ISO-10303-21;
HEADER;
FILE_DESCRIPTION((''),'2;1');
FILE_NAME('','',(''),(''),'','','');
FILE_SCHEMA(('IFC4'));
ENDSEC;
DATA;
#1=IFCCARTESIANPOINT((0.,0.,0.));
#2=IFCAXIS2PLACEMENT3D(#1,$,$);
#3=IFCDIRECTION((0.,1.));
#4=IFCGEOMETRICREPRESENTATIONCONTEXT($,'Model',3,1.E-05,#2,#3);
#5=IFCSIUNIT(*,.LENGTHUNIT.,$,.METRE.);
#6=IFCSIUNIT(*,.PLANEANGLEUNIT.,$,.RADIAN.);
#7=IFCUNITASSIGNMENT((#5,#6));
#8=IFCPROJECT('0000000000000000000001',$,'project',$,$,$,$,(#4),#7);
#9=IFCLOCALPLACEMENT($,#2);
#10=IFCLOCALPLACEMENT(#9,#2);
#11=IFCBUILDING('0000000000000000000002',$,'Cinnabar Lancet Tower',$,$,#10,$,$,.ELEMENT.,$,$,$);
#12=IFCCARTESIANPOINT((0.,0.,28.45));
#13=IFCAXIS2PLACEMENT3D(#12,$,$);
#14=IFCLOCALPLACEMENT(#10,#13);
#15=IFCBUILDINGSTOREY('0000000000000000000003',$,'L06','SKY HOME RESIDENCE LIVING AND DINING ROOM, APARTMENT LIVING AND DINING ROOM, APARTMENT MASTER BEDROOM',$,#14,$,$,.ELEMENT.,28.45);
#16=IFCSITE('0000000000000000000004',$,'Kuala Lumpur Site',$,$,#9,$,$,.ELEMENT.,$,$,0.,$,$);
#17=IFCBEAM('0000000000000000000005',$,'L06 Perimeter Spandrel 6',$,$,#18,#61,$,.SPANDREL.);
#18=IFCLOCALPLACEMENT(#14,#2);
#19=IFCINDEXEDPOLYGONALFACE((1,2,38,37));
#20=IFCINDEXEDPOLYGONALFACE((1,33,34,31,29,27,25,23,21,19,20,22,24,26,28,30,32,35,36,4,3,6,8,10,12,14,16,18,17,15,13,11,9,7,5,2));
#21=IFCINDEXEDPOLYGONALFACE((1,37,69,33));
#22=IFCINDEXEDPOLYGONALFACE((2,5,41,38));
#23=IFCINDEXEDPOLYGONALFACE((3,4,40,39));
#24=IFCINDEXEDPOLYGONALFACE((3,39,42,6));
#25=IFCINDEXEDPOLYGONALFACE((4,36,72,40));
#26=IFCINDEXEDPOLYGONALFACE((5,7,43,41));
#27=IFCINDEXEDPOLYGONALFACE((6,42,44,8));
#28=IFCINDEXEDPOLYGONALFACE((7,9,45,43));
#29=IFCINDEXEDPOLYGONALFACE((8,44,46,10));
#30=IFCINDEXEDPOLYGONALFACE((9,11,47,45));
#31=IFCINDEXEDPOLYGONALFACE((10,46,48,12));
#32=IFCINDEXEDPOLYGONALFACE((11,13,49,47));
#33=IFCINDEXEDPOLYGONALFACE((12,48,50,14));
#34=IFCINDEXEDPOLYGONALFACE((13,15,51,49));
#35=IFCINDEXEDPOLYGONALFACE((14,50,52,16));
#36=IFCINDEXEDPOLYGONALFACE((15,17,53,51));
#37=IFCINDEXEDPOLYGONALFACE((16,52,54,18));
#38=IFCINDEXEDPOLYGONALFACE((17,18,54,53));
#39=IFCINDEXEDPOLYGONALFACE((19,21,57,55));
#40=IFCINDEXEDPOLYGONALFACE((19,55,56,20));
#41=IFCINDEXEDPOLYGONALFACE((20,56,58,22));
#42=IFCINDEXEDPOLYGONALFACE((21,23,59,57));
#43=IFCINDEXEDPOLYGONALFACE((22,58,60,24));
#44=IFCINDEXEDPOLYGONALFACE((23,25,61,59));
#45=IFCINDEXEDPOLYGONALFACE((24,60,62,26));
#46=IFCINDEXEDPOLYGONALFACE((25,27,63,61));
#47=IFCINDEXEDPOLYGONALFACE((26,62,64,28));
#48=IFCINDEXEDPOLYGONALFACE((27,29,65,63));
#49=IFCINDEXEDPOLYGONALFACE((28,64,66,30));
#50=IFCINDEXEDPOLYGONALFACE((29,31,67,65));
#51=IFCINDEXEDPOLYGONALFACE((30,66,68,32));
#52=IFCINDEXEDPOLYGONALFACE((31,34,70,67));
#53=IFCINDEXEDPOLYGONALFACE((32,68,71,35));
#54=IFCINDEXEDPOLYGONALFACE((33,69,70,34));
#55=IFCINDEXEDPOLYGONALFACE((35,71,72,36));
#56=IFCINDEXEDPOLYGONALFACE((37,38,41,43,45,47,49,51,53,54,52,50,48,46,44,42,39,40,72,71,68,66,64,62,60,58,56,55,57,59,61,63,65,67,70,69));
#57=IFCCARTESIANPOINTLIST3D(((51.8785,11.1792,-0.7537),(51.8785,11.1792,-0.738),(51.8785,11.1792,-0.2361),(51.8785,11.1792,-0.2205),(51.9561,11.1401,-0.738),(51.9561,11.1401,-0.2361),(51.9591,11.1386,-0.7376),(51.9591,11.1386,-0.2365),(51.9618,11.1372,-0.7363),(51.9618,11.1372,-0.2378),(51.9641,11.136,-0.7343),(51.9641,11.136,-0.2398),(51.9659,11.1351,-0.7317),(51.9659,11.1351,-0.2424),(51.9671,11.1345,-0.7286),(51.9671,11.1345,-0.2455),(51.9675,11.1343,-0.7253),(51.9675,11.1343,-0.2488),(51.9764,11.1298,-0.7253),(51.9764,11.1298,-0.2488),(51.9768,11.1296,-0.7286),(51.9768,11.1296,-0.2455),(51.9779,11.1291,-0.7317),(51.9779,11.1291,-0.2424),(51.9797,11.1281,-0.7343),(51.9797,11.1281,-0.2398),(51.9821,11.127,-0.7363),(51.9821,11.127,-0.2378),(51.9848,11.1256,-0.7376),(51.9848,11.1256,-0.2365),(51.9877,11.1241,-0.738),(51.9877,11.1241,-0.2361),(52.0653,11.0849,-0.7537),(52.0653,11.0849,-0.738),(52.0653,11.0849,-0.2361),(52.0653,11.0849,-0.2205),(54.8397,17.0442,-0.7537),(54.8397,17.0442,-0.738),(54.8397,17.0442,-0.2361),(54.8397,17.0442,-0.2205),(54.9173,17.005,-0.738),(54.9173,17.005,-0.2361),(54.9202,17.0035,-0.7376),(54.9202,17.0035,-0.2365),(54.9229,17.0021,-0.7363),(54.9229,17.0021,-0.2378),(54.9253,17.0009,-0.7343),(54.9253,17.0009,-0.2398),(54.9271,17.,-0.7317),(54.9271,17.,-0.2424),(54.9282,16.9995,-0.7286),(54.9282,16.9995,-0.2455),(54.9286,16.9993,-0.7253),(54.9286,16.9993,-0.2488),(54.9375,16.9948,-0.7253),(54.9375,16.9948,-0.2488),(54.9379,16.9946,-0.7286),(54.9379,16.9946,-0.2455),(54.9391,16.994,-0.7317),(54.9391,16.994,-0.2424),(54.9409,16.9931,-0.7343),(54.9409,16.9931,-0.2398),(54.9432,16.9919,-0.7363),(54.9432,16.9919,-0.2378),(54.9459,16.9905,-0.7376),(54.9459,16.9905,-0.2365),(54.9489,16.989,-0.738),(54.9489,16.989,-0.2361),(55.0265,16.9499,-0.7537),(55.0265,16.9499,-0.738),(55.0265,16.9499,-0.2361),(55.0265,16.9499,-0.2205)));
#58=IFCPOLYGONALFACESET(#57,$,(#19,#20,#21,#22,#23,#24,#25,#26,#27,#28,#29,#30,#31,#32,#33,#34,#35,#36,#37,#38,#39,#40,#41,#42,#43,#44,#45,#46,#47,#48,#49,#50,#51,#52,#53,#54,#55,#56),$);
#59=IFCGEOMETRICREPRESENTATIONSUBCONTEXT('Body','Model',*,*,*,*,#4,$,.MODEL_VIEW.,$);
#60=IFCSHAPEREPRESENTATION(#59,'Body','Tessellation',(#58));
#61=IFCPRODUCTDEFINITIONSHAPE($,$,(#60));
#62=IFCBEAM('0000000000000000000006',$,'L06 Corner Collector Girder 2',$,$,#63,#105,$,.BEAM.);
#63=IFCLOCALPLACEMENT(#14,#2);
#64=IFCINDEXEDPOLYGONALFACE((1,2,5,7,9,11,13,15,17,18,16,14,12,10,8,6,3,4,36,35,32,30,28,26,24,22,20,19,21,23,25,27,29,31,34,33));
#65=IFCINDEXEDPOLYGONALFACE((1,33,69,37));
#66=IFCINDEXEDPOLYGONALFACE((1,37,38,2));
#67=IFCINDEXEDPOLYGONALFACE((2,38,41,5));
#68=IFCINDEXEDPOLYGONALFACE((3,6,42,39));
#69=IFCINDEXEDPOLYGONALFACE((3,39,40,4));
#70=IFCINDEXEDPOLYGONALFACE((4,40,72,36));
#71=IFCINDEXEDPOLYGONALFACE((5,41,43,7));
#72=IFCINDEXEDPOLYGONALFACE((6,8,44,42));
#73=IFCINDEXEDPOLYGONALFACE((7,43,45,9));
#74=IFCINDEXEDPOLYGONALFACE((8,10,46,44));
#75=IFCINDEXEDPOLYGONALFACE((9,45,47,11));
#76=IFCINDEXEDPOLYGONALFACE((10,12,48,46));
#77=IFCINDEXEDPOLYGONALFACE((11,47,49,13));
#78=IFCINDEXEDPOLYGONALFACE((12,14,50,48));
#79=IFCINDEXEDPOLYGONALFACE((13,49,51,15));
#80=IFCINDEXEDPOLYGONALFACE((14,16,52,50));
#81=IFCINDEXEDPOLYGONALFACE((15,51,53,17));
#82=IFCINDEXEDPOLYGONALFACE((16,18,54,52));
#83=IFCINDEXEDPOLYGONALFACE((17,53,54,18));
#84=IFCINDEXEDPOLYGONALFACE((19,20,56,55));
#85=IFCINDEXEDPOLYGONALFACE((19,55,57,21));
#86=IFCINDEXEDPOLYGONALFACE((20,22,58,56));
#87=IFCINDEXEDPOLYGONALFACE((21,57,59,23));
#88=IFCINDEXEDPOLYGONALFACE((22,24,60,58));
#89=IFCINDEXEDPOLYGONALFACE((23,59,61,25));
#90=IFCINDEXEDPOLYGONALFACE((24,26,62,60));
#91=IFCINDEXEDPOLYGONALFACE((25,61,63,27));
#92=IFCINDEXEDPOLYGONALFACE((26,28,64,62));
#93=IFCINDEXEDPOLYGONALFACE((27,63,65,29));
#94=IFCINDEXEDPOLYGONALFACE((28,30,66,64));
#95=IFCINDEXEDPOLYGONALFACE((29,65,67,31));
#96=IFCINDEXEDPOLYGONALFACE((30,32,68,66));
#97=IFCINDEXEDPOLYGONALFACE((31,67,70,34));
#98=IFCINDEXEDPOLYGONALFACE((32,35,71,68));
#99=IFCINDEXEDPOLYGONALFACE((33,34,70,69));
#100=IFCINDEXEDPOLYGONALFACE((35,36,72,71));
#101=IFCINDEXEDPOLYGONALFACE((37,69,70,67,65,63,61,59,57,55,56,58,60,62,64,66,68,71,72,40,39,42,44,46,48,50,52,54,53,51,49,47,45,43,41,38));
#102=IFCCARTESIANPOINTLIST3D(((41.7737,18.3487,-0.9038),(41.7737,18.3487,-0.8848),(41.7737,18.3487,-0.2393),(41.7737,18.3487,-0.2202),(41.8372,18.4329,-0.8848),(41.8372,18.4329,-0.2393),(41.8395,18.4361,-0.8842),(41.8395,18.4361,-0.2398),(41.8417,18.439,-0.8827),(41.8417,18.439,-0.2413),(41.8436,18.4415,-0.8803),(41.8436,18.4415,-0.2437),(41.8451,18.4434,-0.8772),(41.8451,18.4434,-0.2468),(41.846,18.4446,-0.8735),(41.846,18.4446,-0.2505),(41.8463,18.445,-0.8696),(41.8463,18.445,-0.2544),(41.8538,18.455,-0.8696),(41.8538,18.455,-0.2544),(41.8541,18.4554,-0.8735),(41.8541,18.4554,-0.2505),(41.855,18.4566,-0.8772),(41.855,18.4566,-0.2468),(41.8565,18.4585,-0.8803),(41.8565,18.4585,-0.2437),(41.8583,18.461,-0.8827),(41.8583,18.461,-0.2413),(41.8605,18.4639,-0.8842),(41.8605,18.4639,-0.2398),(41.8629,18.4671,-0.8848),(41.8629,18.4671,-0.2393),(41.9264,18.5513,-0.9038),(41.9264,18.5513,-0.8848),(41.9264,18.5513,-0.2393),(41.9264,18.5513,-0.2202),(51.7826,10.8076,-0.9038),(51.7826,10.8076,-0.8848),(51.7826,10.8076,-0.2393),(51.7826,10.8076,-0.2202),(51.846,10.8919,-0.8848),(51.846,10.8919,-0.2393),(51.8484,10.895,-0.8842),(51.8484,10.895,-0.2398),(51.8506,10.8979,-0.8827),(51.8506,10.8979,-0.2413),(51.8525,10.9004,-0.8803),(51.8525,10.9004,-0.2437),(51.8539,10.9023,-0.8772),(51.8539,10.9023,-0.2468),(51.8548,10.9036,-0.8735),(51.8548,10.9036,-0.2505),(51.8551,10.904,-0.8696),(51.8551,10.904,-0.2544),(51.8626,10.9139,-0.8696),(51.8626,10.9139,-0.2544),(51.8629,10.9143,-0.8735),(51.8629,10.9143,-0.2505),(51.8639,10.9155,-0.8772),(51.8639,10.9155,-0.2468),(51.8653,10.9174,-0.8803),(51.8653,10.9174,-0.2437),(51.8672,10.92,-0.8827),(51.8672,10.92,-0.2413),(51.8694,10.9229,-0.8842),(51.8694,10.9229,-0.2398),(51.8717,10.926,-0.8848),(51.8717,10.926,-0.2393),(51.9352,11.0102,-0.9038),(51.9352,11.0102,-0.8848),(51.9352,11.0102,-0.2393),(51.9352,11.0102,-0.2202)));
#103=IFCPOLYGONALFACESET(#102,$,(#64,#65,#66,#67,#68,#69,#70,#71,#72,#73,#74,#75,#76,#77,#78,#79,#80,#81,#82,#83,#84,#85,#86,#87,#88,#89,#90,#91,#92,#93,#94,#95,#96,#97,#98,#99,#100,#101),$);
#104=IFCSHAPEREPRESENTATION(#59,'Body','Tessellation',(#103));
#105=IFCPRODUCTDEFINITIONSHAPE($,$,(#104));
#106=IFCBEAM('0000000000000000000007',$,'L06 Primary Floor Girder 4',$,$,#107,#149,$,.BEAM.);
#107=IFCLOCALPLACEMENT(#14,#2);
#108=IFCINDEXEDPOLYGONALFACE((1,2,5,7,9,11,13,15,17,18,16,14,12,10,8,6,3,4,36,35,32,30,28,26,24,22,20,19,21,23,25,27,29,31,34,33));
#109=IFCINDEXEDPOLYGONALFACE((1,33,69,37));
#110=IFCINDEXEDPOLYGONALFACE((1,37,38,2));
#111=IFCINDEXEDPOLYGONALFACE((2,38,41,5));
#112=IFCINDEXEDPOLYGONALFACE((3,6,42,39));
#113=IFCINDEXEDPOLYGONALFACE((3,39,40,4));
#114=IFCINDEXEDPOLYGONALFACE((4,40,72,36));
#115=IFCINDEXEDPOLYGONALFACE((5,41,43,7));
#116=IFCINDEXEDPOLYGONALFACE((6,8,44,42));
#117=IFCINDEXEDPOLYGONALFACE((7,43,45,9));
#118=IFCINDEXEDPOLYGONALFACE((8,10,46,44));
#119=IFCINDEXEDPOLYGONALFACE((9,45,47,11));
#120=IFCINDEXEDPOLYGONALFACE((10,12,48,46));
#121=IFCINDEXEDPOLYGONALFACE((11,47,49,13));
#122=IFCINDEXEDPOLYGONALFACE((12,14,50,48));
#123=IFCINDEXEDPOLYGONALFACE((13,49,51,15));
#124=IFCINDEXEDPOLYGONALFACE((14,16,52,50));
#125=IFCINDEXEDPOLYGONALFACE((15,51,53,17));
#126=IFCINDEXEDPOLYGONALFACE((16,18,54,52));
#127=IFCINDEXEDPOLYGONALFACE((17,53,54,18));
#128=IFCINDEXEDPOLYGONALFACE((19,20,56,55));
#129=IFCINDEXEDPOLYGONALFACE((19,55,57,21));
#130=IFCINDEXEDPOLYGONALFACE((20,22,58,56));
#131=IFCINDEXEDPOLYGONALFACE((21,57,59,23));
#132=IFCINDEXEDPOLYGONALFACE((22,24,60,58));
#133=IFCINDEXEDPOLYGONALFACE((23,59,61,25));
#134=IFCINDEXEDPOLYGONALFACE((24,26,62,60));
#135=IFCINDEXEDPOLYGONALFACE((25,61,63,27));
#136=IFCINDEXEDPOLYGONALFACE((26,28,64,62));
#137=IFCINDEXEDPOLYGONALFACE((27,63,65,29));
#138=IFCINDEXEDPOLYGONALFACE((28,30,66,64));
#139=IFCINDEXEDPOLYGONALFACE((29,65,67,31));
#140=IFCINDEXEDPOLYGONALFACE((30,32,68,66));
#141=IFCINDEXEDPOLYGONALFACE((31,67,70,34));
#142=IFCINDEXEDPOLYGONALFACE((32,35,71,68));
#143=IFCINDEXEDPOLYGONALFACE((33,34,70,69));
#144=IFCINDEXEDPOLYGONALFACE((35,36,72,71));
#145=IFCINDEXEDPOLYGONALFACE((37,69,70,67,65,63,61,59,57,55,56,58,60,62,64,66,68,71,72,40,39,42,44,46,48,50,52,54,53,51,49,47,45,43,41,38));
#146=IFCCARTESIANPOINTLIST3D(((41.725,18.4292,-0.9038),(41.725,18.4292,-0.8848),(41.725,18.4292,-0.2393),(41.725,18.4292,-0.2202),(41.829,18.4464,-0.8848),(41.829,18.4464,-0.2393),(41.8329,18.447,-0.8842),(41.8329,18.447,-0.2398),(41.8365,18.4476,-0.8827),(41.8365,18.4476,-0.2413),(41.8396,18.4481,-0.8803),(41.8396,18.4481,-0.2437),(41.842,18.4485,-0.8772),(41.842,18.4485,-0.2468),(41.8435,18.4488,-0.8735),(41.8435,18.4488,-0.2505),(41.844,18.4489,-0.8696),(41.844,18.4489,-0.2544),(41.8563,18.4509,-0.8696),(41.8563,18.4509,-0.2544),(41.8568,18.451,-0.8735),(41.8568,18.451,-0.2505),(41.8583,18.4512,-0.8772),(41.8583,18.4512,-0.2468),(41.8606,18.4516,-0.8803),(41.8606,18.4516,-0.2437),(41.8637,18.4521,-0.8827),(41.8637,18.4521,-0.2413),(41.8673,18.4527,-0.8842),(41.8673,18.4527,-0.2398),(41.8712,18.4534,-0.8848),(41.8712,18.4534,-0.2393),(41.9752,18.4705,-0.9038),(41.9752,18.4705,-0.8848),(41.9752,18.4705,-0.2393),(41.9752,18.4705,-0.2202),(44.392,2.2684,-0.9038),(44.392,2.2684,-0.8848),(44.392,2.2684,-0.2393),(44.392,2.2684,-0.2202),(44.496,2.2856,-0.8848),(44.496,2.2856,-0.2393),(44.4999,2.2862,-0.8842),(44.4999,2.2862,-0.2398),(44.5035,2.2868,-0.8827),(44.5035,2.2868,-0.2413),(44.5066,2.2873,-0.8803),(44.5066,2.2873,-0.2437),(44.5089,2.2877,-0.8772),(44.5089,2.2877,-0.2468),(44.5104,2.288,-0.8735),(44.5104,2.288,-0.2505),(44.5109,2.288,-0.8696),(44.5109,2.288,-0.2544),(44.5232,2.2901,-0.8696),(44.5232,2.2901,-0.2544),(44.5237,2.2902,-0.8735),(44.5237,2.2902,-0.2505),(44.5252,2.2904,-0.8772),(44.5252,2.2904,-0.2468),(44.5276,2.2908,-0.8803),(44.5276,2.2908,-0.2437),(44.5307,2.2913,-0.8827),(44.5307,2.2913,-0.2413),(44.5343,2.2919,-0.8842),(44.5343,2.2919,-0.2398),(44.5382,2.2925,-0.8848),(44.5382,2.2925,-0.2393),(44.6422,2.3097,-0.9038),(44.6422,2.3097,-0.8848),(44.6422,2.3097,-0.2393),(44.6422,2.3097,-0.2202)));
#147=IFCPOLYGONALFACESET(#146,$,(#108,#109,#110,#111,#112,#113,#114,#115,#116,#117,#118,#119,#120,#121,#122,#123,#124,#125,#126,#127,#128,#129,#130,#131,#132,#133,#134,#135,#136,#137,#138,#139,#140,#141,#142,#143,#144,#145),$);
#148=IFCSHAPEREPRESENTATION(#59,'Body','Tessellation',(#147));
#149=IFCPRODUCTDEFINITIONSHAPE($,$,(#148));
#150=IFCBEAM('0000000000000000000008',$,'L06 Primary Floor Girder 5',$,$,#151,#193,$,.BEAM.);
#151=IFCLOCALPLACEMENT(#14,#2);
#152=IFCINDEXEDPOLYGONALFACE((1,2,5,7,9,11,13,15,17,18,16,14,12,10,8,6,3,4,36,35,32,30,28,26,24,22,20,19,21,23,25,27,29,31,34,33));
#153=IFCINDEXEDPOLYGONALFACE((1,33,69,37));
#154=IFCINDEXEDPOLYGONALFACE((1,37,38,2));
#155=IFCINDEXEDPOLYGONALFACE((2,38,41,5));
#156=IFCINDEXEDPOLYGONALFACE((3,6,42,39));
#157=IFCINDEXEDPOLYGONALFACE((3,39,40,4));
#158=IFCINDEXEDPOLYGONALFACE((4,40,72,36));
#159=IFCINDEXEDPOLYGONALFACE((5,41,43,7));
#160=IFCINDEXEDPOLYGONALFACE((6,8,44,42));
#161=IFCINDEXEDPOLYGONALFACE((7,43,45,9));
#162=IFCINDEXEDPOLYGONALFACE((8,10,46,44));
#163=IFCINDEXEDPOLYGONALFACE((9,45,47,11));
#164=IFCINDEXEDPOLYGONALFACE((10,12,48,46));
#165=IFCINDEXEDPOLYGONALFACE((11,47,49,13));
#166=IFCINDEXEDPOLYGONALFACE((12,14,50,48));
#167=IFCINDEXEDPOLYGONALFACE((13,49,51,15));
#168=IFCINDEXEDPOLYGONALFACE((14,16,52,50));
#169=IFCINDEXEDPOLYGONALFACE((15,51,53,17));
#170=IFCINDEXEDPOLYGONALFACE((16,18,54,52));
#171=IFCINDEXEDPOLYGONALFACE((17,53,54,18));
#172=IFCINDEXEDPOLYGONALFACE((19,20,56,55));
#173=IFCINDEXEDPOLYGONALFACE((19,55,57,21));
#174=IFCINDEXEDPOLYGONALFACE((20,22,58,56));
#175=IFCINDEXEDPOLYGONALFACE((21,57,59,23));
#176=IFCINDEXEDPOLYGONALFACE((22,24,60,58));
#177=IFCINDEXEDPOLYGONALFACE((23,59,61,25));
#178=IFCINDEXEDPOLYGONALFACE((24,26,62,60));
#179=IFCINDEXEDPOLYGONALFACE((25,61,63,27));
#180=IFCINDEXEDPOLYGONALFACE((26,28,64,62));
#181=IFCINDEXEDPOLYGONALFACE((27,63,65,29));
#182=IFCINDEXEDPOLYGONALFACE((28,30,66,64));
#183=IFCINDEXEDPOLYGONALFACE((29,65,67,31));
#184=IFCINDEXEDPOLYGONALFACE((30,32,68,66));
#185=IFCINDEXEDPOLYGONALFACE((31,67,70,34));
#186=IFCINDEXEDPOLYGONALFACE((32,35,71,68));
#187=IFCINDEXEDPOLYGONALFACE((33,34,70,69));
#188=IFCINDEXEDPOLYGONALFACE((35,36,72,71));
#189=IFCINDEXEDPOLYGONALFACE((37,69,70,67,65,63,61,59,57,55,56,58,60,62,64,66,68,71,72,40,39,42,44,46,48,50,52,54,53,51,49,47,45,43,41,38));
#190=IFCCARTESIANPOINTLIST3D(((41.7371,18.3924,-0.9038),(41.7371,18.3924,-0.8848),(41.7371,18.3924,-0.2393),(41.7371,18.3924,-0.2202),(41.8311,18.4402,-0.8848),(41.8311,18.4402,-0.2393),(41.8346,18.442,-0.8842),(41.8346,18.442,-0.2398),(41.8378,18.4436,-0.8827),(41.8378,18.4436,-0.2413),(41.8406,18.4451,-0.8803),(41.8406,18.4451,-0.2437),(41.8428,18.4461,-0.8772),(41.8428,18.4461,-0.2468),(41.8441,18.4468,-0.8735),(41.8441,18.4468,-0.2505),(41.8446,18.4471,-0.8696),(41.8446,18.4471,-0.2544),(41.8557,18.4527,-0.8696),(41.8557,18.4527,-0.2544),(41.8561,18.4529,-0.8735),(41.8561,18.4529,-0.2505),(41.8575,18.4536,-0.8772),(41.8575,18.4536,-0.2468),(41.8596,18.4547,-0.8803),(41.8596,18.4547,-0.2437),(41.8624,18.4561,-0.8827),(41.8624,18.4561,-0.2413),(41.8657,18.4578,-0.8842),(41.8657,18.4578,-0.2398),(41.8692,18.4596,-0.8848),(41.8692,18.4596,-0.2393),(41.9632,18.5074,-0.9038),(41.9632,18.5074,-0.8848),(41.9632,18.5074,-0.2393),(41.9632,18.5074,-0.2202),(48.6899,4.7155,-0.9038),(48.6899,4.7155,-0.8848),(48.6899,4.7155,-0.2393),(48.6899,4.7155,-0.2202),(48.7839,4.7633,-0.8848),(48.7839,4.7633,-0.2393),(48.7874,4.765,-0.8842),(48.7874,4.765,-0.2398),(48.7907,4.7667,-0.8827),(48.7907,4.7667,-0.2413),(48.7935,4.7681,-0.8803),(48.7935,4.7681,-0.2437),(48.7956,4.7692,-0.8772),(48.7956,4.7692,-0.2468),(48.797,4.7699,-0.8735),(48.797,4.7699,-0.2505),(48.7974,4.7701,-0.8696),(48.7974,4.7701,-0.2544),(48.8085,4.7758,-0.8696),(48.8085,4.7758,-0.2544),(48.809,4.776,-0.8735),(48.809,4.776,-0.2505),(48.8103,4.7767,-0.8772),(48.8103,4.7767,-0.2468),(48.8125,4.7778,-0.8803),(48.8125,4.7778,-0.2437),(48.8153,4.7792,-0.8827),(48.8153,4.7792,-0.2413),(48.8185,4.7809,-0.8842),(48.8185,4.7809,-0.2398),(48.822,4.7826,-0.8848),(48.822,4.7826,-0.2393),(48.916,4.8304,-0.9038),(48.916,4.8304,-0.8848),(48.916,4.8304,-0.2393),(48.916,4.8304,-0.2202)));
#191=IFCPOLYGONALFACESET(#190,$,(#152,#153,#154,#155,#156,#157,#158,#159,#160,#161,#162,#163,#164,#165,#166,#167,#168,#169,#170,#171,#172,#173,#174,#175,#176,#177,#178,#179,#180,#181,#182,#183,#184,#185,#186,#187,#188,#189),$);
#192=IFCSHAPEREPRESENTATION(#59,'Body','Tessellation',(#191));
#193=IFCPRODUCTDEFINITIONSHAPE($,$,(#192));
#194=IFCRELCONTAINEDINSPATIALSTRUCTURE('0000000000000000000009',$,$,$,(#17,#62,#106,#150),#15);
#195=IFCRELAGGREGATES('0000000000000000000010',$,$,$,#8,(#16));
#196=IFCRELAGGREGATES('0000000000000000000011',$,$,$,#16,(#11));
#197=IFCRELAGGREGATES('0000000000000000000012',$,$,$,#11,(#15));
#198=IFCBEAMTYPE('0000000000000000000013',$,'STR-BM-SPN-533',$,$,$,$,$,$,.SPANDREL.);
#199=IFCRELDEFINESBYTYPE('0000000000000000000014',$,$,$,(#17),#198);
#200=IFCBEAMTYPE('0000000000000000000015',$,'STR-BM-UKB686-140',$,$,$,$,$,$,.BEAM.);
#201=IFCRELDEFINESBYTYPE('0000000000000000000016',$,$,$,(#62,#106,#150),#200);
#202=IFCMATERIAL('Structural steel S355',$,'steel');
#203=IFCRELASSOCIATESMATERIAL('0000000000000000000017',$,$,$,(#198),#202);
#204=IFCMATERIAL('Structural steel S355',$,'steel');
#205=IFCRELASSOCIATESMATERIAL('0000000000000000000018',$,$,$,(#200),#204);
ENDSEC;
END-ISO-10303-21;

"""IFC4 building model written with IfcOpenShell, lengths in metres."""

from ifc_helpers import new_model, si_unit, direction, frame, origin, origin_2d, place, context, subcontext, project, spatial, i_section, extrude, material, material_profile, profile_set, type_object, element, save


model = new_model("IFC4")

# Units and contexts
model_context = context("Model", 3, precision=1e-05, world=origin(), true_north=direction((0.0, 1.0)))
body_context = subcontext(model_context, "Body", "Model", "MODEL_VIEW")
ifc_project = project(units=[si_unit("LENGTHUNIT", "METRE"), si_unit("PLANEANGLEUNIT", "RADIAN")], contexts=[model_context])

# Site, building, storey
site_placement = place(None, origin())
site = spatial("IfcSite", under=ifc_project, at=site_placement, Name="Kuala Lumpur Site", CompositionType="ELEMENT", RefElevation=0.0)
building_placement = place(site_placement, origin())
building = spatial("IfcBuilding", under=site, at=building_placement, Name="Cinnabar Lancet Tower", CompositionType="ELEMENT")
storey_placement = place(building_placement, frame((0.0, 0.0, 28.45)))
storey = spatial("IfcBuildingStorey", under=building, at=storey_placement, Name="L06", Description="SKY HOME RESIDENCE LIVING AND DINING ROOM, APARTMENT LIVING AND DINING ROOM, APARTMENT MASTER BEDROOM", CompositionType="ELEMENT", Elevation=28.45)

# Beams
ifc_material_1 = material(Name="Structural steel S355", Category="steel")
ifc_material_profile_1 = material_profile(ifc_material_1, i_section(OverallWidth=0.2092, OverallDepth=0.5332, WebThickness=0.01, FlangeThickness=0.0156, FilletRadius=0.0127, at=origin_2d()), Name="UKB 533x210x92")
ifc_profile_set_1 = profile_set([ifc_material_profile_1], Name="Structural steel S355")
beam_type_1 = type_object("IfcBeamType", Name="STR-BM-SPN-533", PredefinedType="SPANDREL", material=ifc_profile_set_1)
beam_1_placement = place(storey_placement, frame((51.9719, 11.1321, -0.4871), z_axis=(0.450703, 0.892674, 0.0), x_axis=(-0.892674, 0.450703, 0.0)))
element("IfcBeam", 1, at=beam_1_placement, inside=storey, type_object=beam_type_1, Name="L06 Perimeter Spandrel 6", PredefinedType="SPANDREL", context=body_context, shape_type="SweptSolid", body=[
    extrude(i_section(OverallWidth=0.2092, OverallDepth=0.5332, WebThickness=0.01, FlangeThickness=0.0156, FilletRadius=0.0127, at=origin_2d()), origin(), (0.0, 0.0, 1.0), 6.5701),
])
ifc_material_2 = material(Name="Structural steel S355", Category="steel")
ifc_material_profile_2 = material_profile(ifc_material_2, i_section(OverallWidth=0.2537, OverallDepth=0.6836, WebThickness=0.0125, FlangeThickness=0.019, FilletRadius=0.0151, at=origin_2d()), Name="UKB 686x254x140")
ifc_profile_set_2 = profile_set([ifc_material_profile_2], Name="Structural steel S355")
beam_type_2 = type_object("IfcBeamType", Name="STR-BM-UKB686-140", PredefinedType="BEAM", material=ifc_profile_set_2)
beam_2_placement = place(storey_placement, frame((51.8589, 10.9089, -0.562), z_axis=(-0.79868, 0.601757, 0.0), x_axis=(-0.601757, -0.79868, 0.0)))
element("IfcBeam", 2, at=beam_2_placement, inside=storey, type_object=beam_type_2, Name="L06 Corner Collector Girder 2", PredefinedType="BEAM", context=body_context, shape_type="SweptSolid", body=[
    extrude(i_section(OverallWidth=0.2537, OverallDepth=0.6836, WebThickness=0.0125, FlangeThickness=0.019, FilletRadius=0.0151, at=origin_2d()), origin(), (0.0, 0.0, 1.0), 12.5317),
])
beam_3_placement = place(storey_placement, frame((44.5171, 2.2891, -0.562), z_axis=(-0.162825, 0.986655, 0.0), x_axis=(-0.986655, -0.162825, 0.0)))
element("IfcBeam", 3, at=beam_3_placement, inside=storey, type_object=beam_type_2, Name="L06 Primary Floor Girder 4", PredefinedType="BEAM", context=body_context, shape_type="SweptSolid", body=[
    extrude(i_section(OverallWidth=0.2537, OverallDepth=0.6836, WebThickness=0.0125, FlangeThickness=0.019, FilletRadius=0.0151, at=origin_2d()), origin(), (0.0, 0.0, 1.0), 16.3794),
])
beam_4_placement = place(storey_placement, frame((48.803, 4.7729, -0.562), z_axis=(-0.453168, 0.891425, 0.0), x_axis=(-0.891425, -0.453168, 0.0)))
element("IfcBeam", 4, at=beam_4_placement, inside=storey, type_object=beam_type_2, Name="L06 Primary Floor Girder 5", PredefinedType="BEAM", context=body_context, shape_type="SweptSolid", body=[
    extrude(i_section(OverallWidth=0.2537, OverallDepth=0.6836, WebThickness=0.0125, FlangeThickness=0.019, FilletRadius=0.0151, at=origin_2d()), origin(), (0.0, 0.0, 1.0), 15.3428),
])

save(model, "model.ifc")
